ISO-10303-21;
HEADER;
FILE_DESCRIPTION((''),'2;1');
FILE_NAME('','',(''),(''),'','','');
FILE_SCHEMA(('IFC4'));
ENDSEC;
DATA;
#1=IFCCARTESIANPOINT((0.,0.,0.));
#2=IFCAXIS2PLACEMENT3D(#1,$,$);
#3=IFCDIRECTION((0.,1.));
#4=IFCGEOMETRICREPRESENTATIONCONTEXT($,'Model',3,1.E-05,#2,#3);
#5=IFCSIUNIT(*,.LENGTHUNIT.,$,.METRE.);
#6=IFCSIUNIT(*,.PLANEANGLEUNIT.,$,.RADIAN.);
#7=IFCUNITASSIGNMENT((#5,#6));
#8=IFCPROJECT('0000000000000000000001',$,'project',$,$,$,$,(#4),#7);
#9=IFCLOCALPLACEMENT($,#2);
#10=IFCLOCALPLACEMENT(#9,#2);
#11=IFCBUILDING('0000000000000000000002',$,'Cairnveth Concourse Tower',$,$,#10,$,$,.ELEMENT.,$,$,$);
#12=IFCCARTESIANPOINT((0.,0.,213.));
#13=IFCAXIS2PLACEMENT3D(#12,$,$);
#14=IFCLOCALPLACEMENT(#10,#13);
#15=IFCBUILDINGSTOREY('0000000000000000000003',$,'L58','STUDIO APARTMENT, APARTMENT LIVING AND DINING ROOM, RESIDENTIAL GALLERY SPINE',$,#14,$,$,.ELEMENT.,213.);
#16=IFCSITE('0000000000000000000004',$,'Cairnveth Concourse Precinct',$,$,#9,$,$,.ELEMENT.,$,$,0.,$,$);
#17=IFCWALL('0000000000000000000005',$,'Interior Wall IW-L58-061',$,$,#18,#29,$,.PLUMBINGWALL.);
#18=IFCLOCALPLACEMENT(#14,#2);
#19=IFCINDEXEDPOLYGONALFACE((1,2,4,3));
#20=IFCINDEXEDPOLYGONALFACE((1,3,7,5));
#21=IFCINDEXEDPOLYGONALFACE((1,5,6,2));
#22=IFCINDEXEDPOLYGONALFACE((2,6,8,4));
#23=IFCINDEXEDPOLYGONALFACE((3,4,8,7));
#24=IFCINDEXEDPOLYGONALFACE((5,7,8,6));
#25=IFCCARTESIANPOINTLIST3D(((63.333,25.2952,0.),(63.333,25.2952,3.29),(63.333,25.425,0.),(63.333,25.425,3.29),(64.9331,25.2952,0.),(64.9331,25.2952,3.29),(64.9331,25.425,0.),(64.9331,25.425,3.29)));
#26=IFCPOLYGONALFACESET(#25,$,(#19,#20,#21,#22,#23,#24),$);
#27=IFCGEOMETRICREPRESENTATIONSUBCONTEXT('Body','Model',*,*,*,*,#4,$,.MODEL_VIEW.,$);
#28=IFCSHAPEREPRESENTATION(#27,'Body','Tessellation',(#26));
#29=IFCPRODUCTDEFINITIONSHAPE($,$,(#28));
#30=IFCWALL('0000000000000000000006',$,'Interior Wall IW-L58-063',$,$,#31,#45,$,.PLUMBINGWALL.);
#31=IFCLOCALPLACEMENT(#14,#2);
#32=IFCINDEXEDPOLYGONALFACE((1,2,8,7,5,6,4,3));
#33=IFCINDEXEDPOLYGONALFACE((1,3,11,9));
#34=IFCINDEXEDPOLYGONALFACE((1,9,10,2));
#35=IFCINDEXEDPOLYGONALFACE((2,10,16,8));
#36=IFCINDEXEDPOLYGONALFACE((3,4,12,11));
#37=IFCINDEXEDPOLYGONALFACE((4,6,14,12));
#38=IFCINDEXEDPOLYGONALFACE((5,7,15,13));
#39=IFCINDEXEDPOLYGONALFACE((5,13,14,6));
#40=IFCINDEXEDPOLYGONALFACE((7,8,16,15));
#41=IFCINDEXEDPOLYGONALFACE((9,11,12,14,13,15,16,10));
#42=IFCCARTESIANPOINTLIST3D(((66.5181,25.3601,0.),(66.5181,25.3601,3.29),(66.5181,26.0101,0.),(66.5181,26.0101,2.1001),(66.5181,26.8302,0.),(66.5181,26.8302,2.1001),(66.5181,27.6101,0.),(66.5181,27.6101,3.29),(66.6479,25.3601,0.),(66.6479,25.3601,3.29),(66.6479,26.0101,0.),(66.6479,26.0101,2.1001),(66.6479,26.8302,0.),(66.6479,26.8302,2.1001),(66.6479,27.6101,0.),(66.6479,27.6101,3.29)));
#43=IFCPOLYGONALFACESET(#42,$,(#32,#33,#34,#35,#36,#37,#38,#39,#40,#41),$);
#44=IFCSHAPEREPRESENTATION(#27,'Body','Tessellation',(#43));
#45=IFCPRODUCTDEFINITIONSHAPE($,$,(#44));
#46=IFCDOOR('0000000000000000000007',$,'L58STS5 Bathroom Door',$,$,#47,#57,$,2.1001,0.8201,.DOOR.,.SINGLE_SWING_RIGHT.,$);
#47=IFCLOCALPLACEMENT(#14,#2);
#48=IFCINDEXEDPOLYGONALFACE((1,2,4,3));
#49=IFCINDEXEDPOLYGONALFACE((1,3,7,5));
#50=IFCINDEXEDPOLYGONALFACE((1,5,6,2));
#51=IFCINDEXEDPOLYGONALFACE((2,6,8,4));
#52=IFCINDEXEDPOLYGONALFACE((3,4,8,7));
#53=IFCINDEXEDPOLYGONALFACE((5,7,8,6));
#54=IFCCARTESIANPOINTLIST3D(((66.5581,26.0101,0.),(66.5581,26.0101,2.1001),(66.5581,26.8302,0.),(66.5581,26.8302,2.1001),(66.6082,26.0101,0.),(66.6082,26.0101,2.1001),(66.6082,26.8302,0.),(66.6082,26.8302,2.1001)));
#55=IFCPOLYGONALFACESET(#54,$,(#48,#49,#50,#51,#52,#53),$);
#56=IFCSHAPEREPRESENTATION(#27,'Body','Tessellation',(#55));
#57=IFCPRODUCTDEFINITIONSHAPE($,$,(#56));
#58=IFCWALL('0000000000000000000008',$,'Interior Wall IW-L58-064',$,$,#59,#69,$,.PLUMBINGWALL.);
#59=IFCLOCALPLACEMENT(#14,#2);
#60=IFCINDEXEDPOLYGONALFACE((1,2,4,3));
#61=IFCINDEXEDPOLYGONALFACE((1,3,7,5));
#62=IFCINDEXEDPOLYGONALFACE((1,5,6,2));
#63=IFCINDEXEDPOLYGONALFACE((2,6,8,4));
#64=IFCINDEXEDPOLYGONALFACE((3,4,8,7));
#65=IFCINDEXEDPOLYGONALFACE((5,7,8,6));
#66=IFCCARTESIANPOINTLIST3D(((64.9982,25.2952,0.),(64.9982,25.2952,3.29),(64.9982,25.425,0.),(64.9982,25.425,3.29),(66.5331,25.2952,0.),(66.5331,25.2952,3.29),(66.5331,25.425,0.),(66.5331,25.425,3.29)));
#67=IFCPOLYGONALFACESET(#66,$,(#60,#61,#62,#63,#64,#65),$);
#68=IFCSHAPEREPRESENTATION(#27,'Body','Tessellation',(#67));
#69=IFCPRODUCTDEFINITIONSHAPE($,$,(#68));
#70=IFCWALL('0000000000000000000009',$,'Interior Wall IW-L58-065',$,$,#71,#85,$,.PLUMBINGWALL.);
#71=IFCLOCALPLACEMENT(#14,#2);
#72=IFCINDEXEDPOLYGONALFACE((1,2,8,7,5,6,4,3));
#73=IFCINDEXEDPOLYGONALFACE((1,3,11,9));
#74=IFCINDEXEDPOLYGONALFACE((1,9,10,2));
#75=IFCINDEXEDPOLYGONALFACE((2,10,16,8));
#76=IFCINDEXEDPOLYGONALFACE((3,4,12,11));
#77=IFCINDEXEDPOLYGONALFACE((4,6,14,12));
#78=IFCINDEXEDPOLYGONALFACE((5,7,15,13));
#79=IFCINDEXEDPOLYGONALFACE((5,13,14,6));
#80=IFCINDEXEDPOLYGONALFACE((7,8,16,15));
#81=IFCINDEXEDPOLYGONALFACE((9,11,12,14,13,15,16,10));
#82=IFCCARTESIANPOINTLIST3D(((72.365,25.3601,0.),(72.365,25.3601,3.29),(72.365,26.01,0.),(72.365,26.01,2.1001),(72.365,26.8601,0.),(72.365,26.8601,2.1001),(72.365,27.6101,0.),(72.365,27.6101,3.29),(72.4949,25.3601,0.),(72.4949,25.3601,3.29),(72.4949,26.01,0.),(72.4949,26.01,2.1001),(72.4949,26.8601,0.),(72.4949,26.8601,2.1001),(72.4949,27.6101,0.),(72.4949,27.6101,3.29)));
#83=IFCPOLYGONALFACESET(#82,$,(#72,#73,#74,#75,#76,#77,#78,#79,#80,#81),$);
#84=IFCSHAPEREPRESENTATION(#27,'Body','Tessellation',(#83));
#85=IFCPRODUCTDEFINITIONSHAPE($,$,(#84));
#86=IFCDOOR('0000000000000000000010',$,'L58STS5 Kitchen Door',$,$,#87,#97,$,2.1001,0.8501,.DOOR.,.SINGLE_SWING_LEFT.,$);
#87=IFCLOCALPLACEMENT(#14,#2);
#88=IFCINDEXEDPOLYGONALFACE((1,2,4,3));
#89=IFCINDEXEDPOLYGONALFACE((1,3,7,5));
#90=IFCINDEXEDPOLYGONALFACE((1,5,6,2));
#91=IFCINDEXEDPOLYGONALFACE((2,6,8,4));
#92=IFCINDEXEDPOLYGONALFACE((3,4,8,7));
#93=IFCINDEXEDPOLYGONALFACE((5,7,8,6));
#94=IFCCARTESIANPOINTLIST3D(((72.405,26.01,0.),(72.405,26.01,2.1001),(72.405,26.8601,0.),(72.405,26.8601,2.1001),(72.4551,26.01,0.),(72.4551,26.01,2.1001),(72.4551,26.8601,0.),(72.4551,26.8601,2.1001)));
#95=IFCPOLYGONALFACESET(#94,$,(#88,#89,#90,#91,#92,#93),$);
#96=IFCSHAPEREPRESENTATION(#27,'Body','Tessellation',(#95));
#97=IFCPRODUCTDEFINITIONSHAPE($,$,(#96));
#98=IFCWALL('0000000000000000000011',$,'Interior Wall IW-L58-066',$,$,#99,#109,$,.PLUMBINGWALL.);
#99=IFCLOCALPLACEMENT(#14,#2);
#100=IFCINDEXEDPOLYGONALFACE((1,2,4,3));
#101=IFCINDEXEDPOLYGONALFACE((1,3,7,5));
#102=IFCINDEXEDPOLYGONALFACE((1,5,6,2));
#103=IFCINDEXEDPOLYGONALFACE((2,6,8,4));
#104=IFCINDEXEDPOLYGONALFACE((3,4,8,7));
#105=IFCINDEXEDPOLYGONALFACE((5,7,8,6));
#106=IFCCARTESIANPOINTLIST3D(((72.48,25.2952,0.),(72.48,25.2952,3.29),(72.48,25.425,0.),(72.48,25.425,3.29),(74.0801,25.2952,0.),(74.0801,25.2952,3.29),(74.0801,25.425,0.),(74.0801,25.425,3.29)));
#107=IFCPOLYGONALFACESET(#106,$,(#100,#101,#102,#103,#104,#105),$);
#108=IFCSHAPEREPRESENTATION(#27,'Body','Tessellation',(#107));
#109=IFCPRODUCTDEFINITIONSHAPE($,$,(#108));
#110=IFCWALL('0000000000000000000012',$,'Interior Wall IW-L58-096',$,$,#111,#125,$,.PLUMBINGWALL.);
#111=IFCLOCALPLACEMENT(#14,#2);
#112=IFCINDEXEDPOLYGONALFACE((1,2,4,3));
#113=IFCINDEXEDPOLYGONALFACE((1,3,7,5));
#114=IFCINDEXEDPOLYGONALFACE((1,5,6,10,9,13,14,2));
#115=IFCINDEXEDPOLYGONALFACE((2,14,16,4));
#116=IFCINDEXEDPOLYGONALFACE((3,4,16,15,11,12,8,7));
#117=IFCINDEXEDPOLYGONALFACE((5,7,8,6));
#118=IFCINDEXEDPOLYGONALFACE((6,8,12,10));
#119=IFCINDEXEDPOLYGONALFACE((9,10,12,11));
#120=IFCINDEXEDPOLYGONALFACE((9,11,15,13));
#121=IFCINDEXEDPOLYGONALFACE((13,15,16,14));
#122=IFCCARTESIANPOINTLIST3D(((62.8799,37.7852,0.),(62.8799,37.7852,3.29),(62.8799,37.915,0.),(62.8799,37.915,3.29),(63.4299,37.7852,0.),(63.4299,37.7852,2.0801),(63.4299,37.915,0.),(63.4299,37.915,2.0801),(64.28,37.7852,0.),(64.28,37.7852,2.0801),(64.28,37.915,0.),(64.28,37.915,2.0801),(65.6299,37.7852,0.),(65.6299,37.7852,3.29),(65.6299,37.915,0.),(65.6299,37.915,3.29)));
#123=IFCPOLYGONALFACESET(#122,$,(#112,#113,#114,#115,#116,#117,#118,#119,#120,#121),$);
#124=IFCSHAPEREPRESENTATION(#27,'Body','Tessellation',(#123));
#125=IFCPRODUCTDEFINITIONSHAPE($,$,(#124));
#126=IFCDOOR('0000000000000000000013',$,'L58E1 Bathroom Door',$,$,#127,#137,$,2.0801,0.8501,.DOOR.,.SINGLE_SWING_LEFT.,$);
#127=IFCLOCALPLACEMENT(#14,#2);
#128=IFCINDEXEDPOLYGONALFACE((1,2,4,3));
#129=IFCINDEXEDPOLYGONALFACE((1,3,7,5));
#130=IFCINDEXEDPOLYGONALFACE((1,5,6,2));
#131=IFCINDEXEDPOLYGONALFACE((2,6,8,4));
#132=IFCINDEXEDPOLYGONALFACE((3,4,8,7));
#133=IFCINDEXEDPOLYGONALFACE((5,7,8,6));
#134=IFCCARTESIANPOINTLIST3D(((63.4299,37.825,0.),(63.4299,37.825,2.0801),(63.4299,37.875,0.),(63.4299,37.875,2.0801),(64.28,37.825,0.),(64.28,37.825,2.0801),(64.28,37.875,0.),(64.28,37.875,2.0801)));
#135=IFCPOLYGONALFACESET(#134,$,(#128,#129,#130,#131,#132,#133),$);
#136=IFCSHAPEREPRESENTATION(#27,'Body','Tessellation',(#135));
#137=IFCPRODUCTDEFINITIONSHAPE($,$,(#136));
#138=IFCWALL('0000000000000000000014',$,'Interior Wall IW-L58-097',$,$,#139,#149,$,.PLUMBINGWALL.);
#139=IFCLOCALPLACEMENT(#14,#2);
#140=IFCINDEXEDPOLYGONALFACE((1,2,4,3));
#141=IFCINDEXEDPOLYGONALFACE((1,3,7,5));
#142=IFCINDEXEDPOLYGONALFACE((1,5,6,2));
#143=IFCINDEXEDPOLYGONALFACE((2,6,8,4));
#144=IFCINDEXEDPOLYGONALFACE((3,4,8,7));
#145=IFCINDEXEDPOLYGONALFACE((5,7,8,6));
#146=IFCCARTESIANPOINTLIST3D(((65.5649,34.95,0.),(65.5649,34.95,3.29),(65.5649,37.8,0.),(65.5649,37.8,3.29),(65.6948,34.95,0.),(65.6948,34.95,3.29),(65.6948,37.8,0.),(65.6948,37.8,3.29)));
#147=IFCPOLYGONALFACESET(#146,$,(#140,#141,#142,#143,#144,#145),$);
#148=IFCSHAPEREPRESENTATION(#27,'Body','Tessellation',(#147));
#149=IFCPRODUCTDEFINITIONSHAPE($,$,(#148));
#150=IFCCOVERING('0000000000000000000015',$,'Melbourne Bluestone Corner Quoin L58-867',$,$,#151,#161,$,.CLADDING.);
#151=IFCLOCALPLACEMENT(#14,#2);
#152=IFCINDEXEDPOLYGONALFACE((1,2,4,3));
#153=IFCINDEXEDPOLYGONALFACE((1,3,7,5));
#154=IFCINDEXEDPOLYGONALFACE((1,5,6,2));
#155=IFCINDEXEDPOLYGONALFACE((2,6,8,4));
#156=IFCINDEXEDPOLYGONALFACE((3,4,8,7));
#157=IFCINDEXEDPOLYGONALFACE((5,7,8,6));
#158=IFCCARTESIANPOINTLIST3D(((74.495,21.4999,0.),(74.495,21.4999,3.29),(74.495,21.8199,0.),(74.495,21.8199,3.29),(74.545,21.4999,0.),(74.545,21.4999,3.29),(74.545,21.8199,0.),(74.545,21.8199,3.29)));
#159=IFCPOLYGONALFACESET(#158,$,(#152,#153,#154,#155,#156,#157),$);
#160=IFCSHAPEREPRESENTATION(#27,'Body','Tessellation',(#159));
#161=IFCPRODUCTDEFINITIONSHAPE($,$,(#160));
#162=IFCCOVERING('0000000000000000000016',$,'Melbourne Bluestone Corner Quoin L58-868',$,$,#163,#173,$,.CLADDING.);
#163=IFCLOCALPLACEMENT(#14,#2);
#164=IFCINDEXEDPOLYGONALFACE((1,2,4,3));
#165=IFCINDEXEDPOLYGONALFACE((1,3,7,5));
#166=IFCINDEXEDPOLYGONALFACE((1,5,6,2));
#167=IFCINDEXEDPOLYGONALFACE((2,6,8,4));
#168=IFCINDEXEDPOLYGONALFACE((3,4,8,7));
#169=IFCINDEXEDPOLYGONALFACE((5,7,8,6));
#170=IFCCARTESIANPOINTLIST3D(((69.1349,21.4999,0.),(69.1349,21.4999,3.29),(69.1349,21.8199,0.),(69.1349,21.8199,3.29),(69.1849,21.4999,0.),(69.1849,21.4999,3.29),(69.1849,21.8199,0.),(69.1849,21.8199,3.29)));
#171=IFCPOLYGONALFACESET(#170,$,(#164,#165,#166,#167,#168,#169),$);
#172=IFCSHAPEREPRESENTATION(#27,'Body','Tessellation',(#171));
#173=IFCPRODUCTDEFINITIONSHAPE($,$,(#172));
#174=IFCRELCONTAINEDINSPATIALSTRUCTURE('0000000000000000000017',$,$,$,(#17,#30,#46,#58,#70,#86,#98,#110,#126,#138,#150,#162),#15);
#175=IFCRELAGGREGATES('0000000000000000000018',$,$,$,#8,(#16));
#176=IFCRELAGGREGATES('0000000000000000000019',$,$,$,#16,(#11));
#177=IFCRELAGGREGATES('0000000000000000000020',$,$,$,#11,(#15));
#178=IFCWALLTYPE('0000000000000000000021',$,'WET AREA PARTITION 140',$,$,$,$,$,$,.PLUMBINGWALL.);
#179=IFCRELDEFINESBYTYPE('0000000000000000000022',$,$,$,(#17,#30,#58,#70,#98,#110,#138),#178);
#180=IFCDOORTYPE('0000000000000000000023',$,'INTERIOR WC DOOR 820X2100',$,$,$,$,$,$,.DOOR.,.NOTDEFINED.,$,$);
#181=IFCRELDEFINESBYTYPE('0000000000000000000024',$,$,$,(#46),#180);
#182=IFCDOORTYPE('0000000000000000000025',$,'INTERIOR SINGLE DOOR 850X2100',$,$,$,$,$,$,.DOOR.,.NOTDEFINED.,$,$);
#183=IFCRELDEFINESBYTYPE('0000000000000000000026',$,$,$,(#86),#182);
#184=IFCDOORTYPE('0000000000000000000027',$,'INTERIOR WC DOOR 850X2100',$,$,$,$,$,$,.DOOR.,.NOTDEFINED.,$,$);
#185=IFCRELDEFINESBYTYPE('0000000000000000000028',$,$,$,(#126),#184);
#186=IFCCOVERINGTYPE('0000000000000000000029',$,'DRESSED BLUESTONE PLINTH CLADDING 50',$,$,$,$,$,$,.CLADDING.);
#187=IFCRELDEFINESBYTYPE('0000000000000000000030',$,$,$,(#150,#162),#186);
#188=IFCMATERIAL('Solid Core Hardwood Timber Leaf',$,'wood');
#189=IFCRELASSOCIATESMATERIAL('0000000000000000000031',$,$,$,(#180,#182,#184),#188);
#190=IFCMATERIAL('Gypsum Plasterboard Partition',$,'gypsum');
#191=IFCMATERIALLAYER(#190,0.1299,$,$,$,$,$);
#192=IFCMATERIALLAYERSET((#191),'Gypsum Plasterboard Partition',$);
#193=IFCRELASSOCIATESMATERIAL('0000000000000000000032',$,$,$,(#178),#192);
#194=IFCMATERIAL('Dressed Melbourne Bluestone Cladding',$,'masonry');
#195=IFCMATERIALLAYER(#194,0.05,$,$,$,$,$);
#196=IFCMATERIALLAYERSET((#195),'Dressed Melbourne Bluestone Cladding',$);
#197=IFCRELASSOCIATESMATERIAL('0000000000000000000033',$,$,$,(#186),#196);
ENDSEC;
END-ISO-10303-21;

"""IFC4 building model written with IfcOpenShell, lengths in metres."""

from ifc_helpers import new_model, si_unit, direction, frame, frame_2d, origin, place, context, subcontext, project, spatial, rectangle, extrude, material, layer, layer_set, type_object, element, fill, save


model = new_model("IFC4")

# Units and contexts
model_context = context("Model", 3, precision=1e-05, world=origin(), true_north=direction((0.0, 1.0)))
body_context = subcontext(model_context, "Body", "Model", "MODEL_VIEW")
ifc_project = project(units=[si_unit("LENGTHUNIT", "METRE"), si_unit("PLANEANGLEUNIT", "RADIAN")], contexts=[model_context])

# Site, building, storey
site_placement = place(None, origin())
site = spatial("IfcSite", under=ifc_project, at=site_placement, Name="Cairnveth Concourse Precinct", CompositionType="ELEMENT", RefElevation=0.0)
building_placement = place(site_placement, origin())
building = spatial("IfcBuilding", under=site, at=building_placement, Name="Cairnveth Concourse Tower", CompositionType="ELEMENT")
storey_placement = place(building_placement, frame((0.0, 0.0, 213.0)))
storey = spatial("IfcBuildingStorey", under=building, at=storey_placement, Name="L58", Description="STUDIO APARTMENT, APARTMENT LIVING AND DINING ROOM, RESIDENTIAL GALLERY SPINE", CompositionType="ELEMENT", Elevation=213.0)

# Shared definitions
ifc_material_1 = material(Name="Gypsum Plasterboard Partition", Category="gypsum")
ifc_material_2 = material(Name="Solid Core Hardwood Timber Leaf", Category="wood")
door_type_1 = type_object("IfcDoorType", Name="INTERIOR WC DOOR 820X2100", OperationType="NOTDEFINED", PredefinedType="DOOR", material=ifc_material_2)
ifc_layer_1 = layer(ifc_material_1, 0.1299)
ifc_layer_set_1 = layer_set([ifc_layer_1], Name="Gypsum Plasterboard Partition")
wall_type_1 = type_object("IfcWallType", Name="WET AREA PARTITION 140", PredefinedType="PLUMBINGWALL", material=ifc_layer_set_1)
door_type_2 = type_object("IfcDoorType", Name="INTERIOR SINGLE DOOR 850X2100", OperationType="NOTDEFINED", PredefinedType="DOOR", material=ifc_material_2)

# Wall
wall_1_placement = place(storey_placement, frame((63.333, 25.3601, 0.0), z_axis=(0.0, 0.0, 1.0), x_axis=(1.0, 0.0, 0.0)))
element("IfcWall", 1, at=wall_1_placement, inside=storey, type_object=wall_type_1, Name="Interior Wall IW-L58-061", PredefinedType="PLUMBINGWALL", context=body_context, shape_type="SweptSolid", body=[
    extrude(rectangle(XDim=1.6001, YDim=0.1299, at=frame_2d((0.8, 0.0))), origin(), (0.0, 0.0, 1.0), 3.29),
])

# Wall, opening, door
wall_2_placement = place(storey_placement, frame((66.583, 25.3601, 0.0), z_axis=(0.0, 0.0, 1.0), x_axis=(0.0, 1.0, 0.0)))
wall_2 = element("IfcWall", 2, at=wall_2_placement, inside=storey, type_object=wall_type_1, Name="Interior Wall IW-L58-063", PredefinedType="PLUMBINGWALL", context=body_context, shape_type="SweptSolid", body=[
    extrude(rectangle(XDim=2.25, YDim=0.1299, at=frame_2d((1.125, 0.0))), origin(), (0.0, 0.0, 1.0), 3.29),
])
opening_1_placement = place(wall_2_placement, frame((0.6499, 0.0, 0.0)))
opening_1 = element("IfcOpeningElement", 3, at=opening_1_placement, cuts=wall_2, PredefinedType="OPENING", context=body_context, shape_type="SweptSolid", body=[
    extrude(rectangle(XDim=0.8201, YDim=2.1001, at=frame_2d((0.4102, 1.05))), frame((0.0, 0.075, 0.0), z_axis=(0.0, -1.0, 0.0), x_axis=(1.0, 0.0, 0.0)), (0.0, 0.0, 1.0), 0.1499),
])
door_1_placement = place(opening_1_placement, origin())
door_1 = element("IfcDoor", 4, at=door_1_placement, inside=storey, type_object=door_type_1, Name="L58STS5 Bathroom Door", OperationType="SINGLE_SWING_RIGHT", OverallHeight=2.1001, OverallWidth=0.8201, PredefinedType="DOOR", context=body_context, shape_type="SweptSolid", body=[
    extrude(rectangle(XDim=0.8201, YDim=2.1001, at=frame_2d((0.4102, 1.05))), frame((0.0, 0.0249, 0.0), z_axis=(0.0, -1.0, 0.0), x_axis=(1.0, 0.0, 0.0)), (0.0, 0.0, 1.0), 0.05),
])
fill(opening_1, door_1)

# Wall
wall_3_placement = place(storey_placement, frame((64.998, 25.3601, 0.0), z_axis=(0.0, 0.0, 1.0), x_axis=(1.0, 0.0, 0.0)))
element("IfcWall", 5, at=wall_3_placement, inside=storey, type_object=wall_type_1, Name="Interior Wall IW-L58-064", PredefinedType="PLUMBINGWALL", context=body_context, shape_type="SweptSolid", body=[
    extrude(rectangle(XDim=1.5349, YDim=0.1299, at=frame_2d((0.7676, 0.0))), origin(), (0.0, 0.0, 1.0), 3.29),
])

# Wall, opening, door
wall_4_placement = place(storey_placement, frame((72.4299, 25.3601, 0.0), z_axis=(0.0, 0.0, 1.0), x_axis=(0.0, 1.0, 0.0)))
wall_4 = element("IfcWall", 6, at=wall_4_placement, inside=storey, type_object=wall_type_1, Name="Interior Wall IW-L58-065", PredefinedType="PLUMBINGWALL", context=body_context, shape_type="SweptSolid", body=[
    extrude(rectangle(XDim=2.25, YDim=0.1299, at=frame_2d((1.125, 0.0))), origin(), (0.0, 0.0, 1.0), 3.29),
])
opening_2_placement = place(wall_4_placement, frame((0.6499, 0.0, 0.0)))
opening_2 = element("IfcOpeningElement", 7, at=opening_2_placement, cuts=wall_4, PredefinedType="OPENING", context=body_context, shape_type="SweptSolid", body=[
    extrude(rectangle(XDim=0.8501, YDim=2.1001, at=frame_2d((0.425, 1.05))), frame((0.0, 0.075, 0.0), z_axis=(0.0, -1.0, 0.0), x_axis=(1.0, 0.0, 0.0)), (0.0, 0.0, 1.0), 0.1499),
])
door_2_placement = place(opening_2_placement, origin())
door_2 = element("IfcDoor", 8, at=door_2_placement, inside=storey, type_object=door_type_2, Name="L58STS5 Kitchen Door", OperationType="SINGLE_SWING_LEFT", OverallHeight=2.1001, OverallWidth=0.8501, PredefinedType="DOOR", context=body_context, shape_type="SweptSolid", body=[
    extrude(rectangle(XDim=0.8501, YDim=2.1001, at=frame_2d((0.425, 1.05))), frame((0.0, 0.0249, 0.0), z_axis=(0.0, -1.0, 0.0), x_axis=(1.0, 0.0, 0.0)), (0.0, 0.0, 1.0), 0.05),
])
fill(opening_2, door_2)

# Wall
wall_5_placement = place(storey_placement, frame((72.48, 25.3601, 0.0), z_axis=(0.0, 0.0, 1.0), x_axis=(1.0, 0.0, 0.0)))
element("IfcWall", 9, at=wall_5_placement, inside=storey, type_object=wall_type_1, Name="Interior Wall IW-L58-066", PredefinedType="PLUMBINGWALL", context=body_context, shape_type="SweptSolid", body=[
    extrude(rectangle(XDim=1.6001, YDim=0.1299, at=frame_2d((0.8, 0.0))), origin(), (0.0, 0.0, 1.0), 3.29),
])

# Wall, opening, door
wall_6_placement = place(storey_placement, frame((62.8799, 37.8501, 0.0), z_axis=(0.0, 0.0, 1.0), x_axis=(1.0, 0.0, 0.0)))
wall_6 = element("IfcWall", 10, at=wall_6_placement, inside=storey, type_object=wall_type_1, Name="Interior Wall IW-L58-096", PredefinedType="PLUMBINGWALL", context=body_context, shape_type="SweptSolid", body=[
    extrude(rectangle(XDim=2.75, YDim=0.1299, at=frame_2d((1.375, 0.0))), origin(), (0.0, 0.0, 1.0), 3.29),
])
opening_3_placement = place(wall_6_placement, frame((0.55, 0.0, 0.0)))
opening_3 = element("IfcOpeningElement", 11, at=opening_3_placement, cuts=wall_6, PredefinedType="OPENING", context=body_context, shape_type="SweptSolid", body=[
    extrude(rectangle(XDim=0.8501, YDim=2.0801, at=frame_2d((0.425, 1.04))), frame((0.0, 0.075, 0.0), z_axis=(0.0, -1.0, 0.0), x_axis=(1.0, 0.0, 0.0)), (0.0, 0.0, 1.0), 0.1499),
])
door_type_3 = type_object("IfcDoorType", Name="INTERIOR WC DOOR 850X2100", OperationType="NOTDEFINED", PredefinedType="DOOR", material=ifc_material_2)
door_3_placement = place(opening_3_placement, origin())
door_3 = element("IfcDoor", 12, at=door_3_placement, inside=storey, type_object=door_type_3, Name="L58E1 Bathroom Door", OperationType="SINGLE_SWING_LEFT", OverallHeight=2.0801, OverallWidth=0.8501, PredefinedType="DOOR", context=body_context, shape_type="SweptSolid", body=[
    extrude(rectangle(XDim=0.8501, YDim=2.0801, at=frame_2d((0.425, 1.04))), frame((0.0, 0.0249, 0.0), z_axis=(0.0, -1.0, 0.0), x_axis=(1.0, 0.0, 0.0)), (0.0, 0.0, 1.0), 0.05),
])
fill(opening_3, door_3)

# Wall
wall_7_placement = place(storey_placement, frame((65.6299, 34.95, 0.0), z_axis=(0.0, 0.0, 1.0), x_axis=(0.0, 1.0, 0.0)))
element("IfcWall", 13, at=wall_7_placement, inside=storey, type_object=wall_type_1, Name="Interior Wall IW-L58-097", PredefinedType="PLUMBINGWALL", context=body_context, shape_type="SweptSolid", body=[
    extrude(rectangle(XDim=2.8501, YDim=0.1299, at=frame_2d((1.425, 0.0))), origin(), (0.0, 0.0, 1.0), 3.29),
])

# Coverings
ifc_material_3 = material(Name="Dressed Melbourne Bluestone Cladding", Category="masonry")
ifc_layer_2 = layer(ifc_material_3, 0.05)
ifc_layer_set_2 = layer_set([ifc_layer_2], Name="Dressed Melbourne Bluestone Cladding")
covering_type = type_object("IfcCoveringType", Name="DRESSED BLUESTONE PLINTH CLADDING 50", PredefinedType="CLADDING", material=ifc_layer_set_2)
for number, where, z_axis, x_axis, name in (
    (14, (74.52, 21.8201, 0.0), (0.0, 0.0, 1.0), (0.0, -1.0, 0.0), "Melbourne Bluestone Corner Quoin L58-867"),
    (15, (69.1599, 21.8201, 0.0), (0.0, 0.0, 1.0), (0.0, -1.0, 0.0), "Melbourne Bluestone Corner Quoin L58-868"),
):
    element("IfcCovering", number, at=place(storey_placement, frame(where, z_axis=z_axis, x_axis=x_axis)), inside=storey, type_object=covering_type, Name=name, PredefinedType="CLADDING", context=body_context, shape_type="SweptSolid", body=[
        extrude(rectangle(XDim=0.3201, YDim=0.05, at=frame_2d((0.1602, 0.0))), origin(), (0.0, 0.0, 1.0), 3.29),
    ])

save(model, "model.ifc")
